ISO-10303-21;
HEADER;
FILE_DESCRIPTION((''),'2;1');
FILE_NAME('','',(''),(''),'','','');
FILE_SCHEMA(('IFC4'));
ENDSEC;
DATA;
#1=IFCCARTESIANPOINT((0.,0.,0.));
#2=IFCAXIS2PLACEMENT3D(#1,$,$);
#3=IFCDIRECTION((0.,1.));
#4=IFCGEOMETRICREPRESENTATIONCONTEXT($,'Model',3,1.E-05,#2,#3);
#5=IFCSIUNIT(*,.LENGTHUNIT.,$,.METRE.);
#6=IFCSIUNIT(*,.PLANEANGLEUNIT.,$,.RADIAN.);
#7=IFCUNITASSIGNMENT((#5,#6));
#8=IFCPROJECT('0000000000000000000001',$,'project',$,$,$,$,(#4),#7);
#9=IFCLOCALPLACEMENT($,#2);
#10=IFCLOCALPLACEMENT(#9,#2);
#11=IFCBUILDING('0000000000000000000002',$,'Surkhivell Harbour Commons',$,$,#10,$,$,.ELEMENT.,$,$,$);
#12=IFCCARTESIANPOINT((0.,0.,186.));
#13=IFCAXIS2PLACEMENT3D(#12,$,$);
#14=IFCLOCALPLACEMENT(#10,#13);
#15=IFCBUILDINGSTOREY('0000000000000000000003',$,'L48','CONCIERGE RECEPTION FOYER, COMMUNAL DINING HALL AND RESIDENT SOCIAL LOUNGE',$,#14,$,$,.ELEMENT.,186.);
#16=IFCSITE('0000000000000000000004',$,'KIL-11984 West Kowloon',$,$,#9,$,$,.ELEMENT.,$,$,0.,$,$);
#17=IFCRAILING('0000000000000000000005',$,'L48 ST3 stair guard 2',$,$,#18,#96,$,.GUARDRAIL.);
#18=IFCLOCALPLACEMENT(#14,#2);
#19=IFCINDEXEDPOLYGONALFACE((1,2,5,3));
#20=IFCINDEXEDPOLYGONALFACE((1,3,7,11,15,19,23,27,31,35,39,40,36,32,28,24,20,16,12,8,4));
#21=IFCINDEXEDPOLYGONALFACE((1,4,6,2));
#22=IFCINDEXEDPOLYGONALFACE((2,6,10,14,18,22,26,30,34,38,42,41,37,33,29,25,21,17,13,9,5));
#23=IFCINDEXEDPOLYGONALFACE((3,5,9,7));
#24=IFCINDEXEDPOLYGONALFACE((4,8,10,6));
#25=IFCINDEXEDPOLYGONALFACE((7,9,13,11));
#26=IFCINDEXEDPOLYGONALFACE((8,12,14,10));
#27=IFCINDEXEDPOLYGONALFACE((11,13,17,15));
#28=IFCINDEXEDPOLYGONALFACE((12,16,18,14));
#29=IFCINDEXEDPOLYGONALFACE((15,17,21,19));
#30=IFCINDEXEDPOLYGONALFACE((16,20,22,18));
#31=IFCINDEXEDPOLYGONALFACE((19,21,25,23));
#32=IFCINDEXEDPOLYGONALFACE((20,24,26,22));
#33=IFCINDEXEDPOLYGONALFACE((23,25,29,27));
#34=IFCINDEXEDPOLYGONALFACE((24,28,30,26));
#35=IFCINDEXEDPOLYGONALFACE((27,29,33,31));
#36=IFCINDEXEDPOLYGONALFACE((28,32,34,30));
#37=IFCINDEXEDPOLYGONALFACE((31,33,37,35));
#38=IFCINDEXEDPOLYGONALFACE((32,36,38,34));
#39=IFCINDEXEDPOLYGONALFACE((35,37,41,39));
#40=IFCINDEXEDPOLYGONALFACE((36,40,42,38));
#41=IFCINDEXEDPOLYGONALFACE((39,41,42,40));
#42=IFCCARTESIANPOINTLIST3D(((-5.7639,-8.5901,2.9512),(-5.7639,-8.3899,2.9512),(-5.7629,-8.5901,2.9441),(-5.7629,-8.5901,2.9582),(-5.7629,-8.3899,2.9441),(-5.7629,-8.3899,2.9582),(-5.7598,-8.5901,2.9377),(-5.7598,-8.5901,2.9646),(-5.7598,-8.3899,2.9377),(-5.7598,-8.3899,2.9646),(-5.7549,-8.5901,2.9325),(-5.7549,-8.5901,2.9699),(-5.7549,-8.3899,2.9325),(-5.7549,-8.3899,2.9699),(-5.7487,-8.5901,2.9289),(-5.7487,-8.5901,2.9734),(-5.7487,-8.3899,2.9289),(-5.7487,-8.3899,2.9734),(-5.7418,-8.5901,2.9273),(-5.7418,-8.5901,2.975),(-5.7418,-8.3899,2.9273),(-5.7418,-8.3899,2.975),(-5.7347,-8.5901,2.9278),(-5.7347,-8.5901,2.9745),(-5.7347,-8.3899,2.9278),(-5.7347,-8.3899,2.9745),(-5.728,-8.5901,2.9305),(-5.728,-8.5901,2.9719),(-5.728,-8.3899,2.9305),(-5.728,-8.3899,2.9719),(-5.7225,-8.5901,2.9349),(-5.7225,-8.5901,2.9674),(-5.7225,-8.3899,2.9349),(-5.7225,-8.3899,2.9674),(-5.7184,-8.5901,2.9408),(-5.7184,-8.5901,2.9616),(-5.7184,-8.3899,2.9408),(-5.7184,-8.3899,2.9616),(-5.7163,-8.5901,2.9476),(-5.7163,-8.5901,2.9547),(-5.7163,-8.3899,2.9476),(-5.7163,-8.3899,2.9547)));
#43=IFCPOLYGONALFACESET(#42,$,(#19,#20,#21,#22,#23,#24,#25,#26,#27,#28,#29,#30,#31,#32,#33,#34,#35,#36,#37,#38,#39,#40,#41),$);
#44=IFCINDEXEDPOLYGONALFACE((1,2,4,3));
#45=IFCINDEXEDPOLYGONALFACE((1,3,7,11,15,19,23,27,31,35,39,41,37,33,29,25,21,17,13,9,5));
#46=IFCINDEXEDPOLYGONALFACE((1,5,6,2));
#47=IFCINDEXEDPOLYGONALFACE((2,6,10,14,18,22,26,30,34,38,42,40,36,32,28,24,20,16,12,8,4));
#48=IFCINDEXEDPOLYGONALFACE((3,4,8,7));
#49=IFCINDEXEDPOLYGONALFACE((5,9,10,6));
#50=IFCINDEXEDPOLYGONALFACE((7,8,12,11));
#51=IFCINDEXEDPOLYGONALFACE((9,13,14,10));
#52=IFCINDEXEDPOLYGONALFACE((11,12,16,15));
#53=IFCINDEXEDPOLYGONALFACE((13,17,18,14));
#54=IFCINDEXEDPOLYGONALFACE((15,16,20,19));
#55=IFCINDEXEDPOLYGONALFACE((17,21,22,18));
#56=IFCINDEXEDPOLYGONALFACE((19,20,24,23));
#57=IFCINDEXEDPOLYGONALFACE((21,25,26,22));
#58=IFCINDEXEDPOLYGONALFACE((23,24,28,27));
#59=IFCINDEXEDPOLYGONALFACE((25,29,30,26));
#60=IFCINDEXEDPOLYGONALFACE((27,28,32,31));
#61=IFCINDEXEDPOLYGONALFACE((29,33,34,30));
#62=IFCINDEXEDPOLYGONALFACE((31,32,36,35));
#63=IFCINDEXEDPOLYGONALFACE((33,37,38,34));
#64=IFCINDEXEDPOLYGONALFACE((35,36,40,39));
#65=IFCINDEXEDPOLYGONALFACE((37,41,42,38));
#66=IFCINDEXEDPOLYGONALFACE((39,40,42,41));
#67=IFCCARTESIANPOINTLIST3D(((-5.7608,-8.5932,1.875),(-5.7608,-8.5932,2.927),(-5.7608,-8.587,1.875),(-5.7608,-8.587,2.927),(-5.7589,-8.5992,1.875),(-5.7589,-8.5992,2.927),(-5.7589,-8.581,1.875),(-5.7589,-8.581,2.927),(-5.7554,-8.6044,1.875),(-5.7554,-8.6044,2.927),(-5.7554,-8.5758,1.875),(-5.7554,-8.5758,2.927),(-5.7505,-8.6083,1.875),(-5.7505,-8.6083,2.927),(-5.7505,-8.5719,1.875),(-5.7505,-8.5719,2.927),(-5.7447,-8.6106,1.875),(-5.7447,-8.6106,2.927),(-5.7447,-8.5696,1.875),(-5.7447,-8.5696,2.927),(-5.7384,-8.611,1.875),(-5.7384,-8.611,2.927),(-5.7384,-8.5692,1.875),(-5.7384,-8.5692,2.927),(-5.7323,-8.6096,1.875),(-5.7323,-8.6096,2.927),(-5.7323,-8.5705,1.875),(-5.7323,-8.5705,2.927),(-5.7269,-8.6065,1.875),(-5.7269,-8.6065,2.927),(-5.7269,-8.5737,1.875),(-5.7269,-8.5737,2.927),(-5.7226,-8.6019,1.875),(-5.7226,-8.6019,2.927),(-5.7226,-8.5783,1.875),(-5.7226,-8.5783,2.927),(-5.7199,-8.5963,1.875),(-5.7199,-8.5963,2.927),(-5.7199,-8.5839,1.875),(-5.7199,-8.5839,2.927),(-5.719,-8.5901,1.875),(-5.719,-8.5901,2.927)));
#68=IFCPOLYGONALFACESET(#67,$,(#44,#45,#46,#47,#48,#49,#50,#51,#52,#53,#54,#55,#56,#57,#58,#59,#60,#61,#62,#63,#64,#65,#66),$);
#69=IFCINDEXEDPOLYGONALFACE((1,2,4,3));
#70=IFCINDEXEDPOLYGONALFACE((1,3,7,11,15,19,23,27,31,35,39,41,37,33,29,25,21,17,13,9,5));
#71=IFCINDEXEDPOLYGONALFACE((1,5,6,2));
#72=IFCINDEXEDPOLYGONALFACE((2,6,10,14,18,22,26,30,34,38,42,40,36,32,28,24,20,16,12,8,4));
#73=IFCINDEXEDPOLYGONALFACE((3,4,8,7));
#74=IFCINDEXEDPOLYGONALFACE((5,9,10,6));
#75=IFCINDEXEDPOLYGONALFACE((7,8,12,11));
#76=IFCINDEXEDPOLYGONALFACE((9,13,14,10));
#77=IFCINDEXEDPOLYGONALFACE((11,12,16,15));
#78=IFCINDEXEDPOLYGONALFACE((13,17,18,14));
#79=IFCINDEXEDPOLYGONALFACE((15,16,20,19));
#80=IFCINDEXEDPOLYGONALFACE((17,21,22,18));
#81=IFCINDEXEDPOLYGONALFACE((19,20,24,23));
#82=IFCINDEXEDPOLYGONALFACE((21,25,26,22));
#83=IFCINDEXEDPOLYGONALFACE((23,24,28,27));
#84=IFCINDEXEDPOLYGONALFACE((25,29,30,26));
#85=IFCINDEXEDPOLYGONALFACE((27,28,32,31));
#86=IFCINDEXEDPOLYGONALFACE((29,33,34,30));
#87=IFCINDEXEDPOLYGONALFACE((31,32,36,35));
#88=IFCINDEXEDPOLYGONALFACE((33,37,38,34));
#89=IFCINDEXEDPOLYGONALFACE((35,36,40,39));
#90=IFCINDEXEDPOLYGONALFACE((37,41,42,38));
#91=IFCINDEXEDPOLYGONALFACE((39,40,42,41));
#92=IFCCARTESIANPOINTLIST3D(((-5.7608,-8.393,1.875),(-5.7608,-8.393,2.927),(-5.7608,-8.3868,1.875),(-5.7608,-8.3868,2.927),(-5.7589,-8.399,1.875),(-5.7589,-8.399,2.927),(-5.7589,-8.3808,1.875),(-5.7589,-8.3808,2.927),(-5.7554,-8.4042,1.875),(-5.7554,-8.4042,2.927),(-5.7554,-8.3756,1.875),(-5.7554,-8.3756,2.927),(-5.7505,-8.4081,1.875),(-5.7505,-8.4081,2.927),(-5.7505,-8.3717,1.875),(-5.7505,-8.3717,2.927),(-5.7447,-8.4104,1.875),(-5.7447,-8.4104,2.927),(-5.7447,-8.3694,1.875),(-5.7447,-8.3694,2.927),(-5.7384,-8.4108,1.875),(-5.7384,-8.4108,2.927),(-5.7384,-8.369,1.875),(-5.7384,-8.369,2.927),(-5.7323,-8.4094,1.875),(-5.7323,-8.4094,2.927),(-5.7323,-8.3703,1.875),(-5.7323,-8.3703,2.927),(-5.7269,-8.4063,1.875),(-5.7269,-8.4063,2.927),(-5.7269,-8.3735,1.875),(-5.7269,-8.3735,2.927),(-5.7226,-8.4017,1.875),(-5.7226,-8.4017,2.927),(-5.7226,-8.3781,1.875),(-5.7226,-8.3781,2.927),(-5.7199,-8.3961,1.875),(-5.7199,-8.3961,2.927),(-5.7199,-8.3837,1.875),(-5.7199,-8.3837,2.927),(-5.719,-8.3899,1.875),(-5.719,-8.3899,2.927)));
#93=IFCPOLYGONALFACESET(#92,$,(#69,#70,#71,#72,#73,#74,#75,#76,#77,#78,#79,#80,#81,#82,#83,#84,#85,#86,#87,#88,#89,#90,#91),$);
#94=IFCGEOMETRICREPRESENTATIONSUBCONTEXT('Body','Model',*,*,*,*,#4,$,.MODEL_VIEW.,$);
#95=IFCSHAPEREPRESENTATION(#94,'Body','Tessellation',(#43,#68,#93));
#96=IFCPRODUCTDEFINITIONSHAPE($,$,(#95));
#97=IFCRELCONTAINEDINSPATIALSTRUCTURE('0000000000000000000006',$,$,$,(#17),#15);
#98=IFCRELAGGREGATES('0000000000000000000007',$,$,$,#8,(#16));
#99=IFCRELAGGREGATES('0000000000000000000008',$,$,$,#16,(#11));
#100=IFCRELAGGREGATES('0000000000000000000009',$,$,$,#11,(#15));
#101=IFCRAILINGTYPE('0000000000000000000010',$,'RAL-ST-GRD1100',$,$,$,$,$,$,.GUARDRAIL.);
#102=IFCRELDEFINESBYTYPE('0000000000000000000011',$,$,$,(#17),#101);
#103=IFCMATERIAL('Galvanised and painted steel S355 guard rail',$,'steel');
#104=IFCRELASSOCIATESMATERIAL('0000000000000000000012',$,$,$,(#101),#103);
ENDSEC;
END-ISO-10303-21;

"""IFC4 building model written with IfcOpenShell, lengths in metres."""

from ifc_helpers import new_model, si_unit, direction, frame, origin, origin_2d, place, context, subcontext, project, spatial, circle, extrude, material, type_object, element, save


model = new_model("IFC4")

# Units and contexts
model_context = context("Model", 3, precision=1e-05, world=origin(), true_north=direction((0.0, 1.0)))
body_context = subcontext(model_context, "Body", "Model", "MODEL_VIEW")
ifc_project = project(units=[si_unit("LENGTHUNIT", "METRE"), si_unit("PLANEANGLEUNIT", "RADIAN")], contexts=[model_context])

# Site, building, storey
site_placement = place(None, origin())
site = spatial("IfcSite", under=ifc_project, at=site_placement, Name="KIL-11984 West Kowloon", CompositionType="ELEMENT", RefElevation=0.0)
building_placement = place(site_placement, origin())
building = spatial("IfcBuilding", under=site, at=building_placement, Name="Surkhivell Harbour Commons", CompositionType="ELEMENT")
storey_placement = place(building_placement, frame((0.0, 0.0, 186.0)))
storey = spatial("IfcBuildingStorey", under=building, at=storey_placement, Name="L48", Description="CONCIERGE RECEPTION FOYER, COMMUNAL DINING HALL AND RESIDENT SOCIAL LOUNGE", CompositionType="ELEMENT", Elevation=186.0)

# Railing
ifc_material_1 = material(Name="Galvanised and painted steel S355 guard rail", Category="steel")
railing_type_1 = type_object("IfcRailingType", Name="RAL-ST-GRD1100", PredefinedType="GUARDRAIL", material=ifc_material_1)
railing_1_placement = place(storey_placement, frame((-5.74, -8.5901, 1.875)))
element("IfcRailing", 1, at=railing_1_placement, inside=storey, type_object=railing_type_1, Name="L48 ST3 stair guard 2", PredefinedType="GUARDRAIL", context=body_context, shape_type="SweptSolid", body=[
    extrude(circle(Radius=0.0239, at=origin_2d()), frame((0.0, 0.0, 1.0762), z_axis=(0.0, 1.0, 0.0), x_axis=(-1.0, 0.0, 0.0)), (0.0, 0.0, 1.0), 0.2002),
    extrude(circle(Radius=0.021, at=origin_2d()), origin(), (0.0, 0.0, 1.0), 1.052),
    extrude(circle(Radius=0.021, at=origin_2d()), frame((0.0, 0.2002, 0.0)), (0.0, 0.0, 1.0), 1.052),
])

save(model, "model.ifc")
